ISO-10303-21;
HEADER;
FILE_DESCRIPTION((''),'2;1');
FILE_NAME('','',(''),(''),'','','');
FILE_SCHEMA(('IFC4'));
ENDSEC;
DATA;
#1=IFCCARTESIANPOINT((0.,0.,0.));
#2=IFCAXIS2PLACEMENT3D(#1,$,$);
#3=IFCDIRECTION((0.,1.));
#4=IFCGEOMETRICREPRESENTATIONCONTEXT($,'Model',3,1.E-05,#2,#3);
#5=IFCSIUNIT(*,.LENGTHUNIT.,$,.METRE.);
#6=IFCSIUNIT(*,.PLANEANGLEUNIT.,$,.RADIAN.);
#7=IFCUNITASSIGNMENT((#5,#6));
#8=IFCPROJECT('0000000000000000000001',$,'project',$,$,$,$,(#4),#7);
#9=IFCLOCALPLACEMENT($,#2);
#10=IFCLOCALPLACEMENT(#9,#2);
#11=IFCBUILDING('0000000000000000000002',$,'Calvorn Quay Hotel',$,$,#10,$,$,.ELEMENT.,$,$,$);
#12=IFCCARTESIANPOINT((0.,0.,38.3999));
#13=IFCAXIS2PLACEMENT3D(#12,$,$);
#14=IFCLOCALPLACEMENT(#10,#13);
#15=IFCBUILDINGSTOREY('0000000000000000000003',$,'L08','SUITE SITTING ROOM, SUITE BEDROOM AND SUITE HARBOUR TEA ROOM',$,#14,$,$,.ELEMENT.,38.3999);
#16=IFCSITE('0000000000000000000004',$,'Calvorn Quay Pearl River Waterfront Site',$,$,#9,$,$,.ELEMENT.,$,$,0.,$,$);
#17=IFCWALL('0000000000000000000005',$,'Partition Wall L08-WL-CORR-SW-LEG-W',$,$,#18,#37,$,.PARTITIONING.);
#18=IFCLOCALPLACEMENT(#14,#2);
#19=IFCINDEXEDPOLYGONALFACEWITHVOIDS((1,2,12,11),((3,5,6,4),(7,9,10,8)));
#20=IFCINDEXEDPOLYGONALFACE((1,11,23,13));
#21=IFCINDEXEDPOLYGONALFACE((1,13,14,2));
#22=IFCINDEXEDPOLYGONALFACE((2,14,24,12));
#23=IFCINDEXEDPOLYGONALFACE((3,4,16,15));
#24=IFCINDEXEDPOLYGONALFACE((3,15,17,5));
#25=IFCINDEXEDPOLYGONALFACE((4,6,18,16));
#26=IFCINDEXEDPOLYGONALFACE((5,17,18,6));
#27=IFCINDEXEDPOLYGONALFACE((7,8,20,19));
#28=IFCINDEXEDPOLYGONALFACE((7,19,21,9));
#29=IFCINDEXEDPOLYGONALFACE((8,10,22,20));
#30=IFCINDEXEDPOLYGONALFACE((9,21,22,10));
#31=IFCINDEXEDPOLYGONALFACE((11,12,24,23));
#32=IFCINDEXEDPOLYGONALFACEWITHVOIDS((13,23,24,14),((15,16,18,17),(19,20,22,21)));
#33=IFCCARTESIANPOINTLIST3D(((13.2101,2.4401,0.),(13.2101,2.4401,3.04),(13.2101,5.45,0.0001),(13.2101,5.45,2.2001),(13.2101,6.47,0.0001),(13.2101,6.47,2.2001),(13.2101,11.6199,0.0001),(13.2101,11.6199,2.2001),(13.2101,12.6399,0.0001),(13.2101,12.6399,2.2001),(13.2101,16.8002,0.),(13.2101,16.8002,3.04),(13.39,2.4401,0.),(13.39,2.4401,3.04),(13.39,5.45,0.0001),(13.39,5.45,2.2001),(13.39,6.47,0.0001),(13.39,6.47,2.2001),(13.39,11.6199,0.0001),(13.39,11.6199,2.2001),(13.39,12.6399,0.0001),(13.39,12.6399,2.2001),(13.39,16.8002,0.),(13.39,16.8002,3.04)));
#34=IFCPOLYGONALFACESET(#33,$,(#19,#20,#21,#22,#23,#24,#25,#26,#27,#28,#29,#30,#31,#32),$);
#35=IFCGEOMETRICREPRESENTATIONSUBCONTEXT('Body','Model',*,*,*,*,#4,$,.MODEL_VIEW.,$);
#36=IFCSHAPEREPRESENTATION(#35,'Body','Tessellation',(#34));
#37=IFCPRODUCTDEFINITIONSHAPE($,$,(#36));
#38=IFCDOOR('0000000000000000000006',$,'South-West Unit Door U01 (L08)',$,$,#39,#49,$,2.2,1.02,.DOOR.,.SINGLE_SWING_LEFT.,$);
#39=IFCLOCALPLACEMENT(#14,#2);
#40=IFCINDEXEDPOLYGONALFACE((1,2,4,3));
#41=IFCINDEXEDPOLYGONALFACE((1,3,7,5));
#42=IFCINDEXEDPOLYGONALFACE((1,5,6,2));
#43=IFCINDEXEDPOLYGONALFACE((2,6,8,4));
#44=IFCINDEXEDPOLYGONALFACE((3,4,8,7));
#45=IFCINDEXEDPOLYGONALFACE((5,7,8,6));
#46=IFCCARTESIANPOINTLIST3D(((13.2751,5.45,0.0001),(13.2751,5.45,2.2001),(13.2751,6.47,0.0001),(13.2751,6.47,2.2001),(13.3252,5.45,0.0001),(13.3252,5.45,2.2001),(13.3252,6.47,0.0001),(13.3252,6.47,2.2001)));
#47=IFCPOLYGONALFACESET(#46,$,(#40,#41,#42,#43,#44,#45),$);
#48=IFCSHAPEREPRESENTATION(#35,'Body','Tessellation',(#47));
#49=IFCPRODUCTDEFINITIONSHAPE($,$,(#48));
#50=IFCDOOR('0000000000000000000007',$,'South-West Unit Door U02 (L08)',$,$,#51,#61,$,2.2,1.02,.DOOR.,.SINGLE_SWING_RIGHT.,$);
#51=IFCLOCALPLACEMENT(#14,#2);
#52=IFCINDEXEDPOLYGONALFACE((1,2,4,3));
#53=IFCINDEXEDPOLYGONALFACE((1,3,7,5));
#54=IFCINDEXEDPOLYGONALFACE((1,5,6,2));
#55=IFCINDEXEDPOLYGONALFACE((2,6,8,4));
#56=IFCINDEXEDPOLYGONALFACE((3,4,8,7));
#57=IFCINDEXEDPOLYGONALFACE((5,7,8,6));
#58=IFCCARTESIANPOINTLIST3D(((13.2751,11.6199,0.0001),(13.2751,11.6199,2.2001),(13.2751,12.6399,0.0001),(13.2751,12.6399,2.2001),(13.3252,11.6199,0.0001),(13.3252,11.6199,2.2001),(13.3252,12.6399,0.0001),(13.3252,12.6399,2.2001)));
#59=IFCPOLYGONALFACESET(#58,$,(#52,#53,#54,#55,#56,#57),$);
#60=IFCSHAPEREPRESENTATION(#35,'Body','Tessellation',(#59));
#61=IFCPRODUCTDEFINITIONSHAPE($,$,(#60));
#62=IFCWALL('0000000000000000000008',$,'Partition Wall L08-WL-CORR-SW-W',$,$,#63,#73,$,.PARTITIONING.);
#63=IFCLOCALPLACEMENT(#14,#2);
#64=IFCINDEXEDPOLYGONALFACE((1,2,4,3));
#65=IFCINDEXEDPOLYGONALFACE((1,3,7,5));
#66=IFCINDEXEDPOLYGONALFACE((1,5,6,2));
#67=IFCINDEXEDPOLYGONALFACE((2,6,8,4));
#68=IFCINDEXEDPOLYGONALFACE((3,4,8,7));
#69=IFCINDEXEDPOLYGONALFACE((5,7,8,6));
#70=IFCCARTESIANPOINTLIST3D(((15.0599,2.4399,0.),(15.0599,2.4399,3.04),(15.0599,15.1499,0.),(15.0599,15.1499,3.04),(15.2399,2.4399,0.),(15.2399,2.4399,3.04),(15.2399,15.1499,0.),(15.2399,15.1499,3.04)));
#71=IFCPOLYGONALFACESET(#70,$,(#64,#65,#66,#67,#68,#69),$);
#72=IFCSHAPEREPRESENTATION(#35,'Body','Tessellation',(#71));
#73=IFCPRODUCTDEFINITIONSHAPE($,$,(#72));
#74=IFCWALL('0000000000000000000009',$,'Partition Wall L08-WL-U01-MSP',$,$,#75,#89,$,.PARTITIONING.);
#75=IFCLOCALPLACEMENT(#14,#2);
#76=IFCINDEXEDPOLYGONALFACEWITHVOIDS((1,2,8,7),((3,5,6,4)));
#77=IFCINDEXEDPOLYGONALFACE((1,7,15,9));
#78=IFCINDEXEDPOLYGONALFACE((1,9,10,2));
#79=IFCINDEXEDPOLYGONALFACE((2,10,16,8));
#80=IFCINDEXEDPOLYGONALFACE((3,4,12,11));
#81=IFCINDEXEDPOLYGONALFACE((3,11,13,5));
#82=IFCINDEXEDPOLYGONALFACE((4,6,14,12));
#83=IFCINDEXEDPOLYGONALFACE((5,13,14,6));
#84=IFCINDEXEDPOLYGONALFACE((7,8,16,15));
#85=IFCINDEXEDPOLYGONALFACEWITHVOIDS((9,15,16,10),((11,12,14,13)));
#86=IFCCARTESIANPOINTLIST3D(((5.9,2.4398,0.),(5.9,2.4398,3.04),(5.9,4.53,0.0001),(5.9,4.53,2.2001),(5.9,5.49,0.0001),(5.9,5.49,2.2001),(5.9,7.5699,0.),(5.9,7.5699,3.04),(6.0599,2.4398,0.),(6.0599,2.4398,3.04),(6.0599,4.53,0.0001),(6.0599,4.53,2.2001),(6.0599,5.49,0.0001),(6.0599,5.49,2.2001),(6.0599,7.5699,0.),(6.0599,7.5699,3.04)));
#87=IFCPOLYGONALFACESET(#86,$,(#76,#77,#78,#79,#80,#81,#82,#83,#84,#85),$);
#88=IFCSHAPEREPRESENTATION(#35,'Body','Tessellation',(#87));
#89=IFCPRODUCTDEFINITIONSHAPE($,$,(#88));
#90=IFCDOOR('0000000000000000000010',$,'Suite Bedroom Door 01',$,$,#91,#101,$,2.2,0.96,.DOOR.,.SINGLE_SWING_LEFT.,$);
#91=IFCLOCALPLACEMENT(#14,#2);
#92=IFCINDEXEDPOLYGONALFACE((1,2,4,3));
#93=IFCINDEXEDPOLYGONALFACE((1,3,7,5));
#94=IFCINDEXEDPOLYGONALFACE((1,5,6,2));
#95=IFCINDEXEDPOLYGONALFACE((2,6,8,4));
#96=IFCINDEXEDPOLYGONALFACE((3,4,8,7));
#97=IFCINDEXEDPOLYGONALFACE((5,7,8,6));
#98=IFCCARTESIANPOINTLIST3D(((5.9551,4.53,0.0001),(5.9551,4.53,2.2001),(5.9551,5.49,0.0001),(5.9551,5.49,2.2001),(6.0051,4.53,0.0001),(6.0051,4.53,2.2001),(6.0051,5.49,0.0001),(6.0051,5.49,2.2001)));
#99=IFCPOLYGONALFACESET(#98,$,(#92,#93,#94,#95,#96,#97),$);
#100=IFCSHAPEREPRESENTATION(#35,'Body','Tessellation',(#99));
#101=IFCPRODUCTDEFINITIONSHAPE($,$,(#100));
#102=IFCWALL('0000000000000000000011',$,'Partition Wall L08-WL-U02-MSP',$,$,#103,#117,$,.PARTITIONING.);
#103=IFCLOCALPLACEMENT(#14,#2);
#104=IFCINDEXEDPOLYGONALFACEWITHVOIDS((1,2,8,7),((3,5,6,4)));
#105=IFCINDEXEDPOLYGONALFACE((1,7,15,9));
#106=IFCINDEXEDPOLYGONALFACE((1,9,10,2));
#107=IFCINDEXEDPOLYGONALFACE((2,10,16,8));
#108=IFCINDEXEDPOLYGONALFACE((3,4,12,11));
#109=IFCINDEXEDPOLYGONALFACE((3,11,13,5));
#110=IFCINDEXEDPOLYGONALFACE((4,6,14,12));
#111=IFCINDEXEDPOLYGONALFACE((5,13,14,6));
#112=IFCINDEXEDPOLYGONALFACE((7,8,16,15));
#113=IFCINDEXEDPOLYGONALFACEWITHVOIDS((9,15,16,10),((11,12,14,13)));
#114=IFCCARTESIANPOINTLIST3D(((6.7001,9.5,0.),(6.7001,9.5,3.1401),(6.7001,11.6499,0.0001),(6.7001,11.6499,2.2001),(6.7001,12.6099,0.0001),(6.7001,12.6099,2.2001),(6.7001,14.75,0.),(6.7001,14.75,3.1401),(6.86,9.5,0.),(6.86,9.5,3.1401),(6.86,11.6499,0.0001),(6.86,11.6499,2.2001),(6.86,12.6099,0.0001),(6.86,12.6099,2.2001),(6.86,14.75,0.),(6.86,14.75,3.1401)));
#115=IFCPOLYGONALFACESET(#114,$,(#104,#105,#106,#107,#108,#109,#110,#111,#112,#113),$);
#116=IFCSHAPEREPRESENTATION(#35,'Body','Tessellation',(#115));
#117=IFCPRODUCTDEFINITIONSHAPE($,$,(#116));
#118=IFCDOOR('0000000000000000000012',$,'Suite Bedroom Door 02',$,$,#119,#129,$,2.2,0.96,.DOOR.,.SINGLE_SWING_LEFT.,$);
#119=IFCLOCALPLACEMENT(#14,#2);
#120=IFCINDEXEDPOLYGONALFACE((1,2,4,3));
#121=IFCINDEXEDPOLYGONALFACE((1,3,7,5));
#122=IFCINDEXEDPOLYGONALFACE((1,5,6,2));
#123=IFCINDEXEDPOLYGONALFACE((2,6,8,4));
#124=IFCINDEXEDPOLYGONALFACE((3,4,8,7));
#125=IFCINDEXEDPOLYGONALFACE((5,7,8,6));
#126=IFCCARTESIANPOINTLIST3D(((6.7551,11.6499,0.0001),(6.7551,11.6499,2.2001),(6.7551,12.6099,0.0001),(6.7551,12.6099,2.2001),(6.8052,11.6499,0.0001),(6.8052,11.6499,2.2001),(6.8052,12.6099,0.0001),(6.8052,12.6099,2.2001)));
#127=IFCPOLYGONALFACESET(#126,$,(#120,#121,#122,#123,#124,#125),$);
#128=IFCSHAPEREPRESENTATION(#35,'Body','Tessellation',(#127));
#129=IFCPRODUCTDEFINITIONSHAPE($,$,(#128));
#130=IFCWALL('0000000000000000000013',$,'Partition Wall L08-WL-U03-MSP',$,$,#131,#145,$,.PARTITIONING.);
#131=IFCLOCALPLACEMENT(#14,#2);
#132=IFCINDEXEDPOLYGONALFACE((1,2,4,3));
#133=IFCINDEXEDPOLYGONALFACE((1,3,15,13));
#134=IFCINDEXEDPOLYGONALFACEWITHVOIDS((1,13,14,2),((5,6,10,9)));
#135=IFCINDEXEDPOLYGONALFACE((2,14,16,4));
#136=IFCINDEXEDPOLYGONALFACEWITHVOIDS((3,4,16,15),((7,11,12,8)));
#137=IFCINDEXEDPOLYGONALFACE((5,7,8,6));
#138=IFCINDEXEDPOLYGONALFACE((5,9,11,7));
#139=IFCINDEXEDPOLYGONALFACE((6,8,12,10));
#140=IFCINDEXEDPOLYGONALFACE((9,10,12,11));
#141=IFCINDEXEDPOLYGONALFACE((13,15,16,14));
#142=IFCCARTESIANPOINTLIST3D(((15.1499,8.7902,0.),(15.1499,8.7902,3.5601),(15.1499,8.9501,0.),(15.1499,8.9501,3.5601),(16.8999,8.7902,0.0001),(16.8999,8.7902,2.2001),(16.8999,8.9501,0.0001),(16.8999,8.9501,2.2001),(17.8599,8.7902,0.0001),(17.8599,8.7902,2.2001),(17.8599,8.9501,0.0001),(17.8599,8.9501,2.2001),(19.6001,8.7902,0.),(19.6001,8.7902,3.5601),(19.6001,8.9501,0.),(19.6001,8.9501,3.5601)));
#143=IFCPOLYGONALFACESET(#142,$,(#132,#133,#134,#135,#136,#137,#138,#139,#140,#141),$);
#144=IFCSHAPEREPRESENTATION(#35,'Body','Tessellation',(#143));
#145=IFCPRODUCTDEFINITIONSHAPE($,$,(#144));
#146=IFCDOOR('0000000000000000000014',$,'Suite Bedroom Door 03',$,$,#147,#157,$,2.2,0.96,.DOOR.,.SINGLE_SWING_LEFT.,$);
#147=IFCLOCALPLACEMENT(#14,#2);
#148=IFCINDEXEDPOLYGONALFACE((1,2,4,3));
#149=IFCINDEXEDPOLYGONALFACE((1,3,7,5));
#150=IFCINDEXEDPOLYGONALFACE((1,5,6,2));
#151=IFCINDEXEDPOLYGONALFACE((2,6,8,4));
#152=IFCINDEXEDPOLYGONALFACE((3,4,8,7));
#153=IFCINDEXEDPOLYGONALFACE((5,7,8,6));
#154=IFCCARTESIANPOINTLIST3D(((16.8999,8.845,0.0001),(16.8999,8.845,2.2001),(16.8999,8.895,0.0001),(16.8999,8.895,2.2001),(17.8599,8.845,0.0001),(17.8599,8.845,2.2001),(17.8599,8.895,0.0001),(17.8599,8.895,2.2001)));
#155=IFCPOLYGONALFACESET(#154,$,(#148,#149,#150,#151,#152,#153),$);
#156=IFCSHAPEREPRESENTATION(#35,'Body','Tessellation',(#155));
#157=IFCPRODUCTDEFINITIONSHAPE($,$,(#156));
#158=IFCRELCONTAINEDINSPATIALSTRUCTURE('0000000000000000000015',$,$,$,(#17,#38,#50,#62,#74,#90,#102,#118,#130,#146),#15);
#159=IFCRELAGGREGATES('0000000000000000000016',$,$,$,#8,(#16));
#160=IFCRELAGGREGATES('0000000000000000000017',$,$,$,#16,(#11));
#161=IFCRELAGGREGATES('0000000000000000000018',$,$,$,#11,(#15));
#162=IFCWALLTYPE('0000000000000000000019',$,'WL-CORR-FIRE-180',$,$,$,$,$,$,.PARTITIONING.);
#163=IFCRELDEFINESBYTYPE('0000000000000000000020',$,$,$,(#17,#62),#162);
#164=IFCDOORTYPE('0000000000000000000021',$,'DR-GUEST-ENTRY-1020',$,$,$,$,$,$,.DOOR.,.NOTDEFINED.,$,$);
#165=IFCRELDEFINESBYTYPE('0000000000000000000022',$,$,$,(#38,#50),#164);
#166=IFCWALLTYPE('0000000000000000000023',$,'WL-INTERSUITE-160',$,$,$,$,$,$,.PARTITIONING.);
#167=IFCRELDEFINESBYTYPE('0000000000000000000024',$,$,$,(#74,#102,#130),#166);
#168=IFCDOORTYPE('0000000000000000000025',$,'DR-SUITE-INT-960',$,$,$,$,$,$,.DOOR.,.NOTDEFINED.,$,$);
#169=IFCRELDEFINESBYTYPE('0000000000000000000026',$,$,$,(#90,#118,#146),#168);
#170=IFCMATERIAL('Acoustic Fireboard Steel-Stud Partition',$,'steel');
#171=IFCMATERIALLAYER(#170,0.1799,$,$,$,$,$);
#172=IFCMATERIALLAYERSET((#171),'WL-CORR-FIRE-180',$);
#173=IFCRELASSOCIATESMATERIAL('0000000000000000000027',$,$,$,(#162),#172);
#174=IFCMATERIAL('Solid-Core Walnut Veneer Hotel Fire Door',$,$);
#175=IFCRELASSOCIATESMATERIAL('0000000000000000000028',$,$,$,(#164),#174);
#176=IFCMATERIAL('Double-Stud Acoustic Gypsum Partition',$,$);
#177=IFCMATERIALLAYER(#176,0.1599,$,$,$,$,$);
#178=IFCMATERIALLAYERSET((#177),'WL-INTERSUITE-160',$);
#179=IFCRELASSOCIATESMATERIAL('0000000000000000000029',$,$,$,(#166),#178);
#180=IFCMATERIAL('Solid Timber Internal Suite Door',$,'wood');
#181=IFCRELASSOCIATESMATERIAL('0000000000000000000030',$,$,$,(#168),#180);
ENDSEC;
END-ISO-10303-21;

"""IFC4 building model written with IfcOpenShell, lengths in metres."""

from ifc_helpers import new_model, si_unit, direction, frame, frame_2d, origin, place, context, subcontext, project, spatial, rectangle, extrude, material, layer, layer_set, type_object, element, fill, save


model = new_model("IFC4")

# Units and contexts
model_context = context("Model", 3, precision=1e-05, world=origin(), true_north=direction((0.0, 1.0)))
body_context = subcontext(model_context, "Body", "Model", "MODEL_VIEW")
ifc_project = project(units=[si_unit("LENGTHUNIT", "METRE"), si_unit("PLANEANGLEUNIT", "RADIAN")], contexts=[model_context])

# Site, building, storey
site_placement = place(None, origin())
site = spatial("IfcSite", under=ifc_project, at=site_placement, Name="Calvorn Quay Pearl River Waterfront Site", CompositionType="ELEMENT", RefElevation=0.0)
building_placement = place(site_placement, origin())
building = spatial("IfcBuilding", under=site, at=building_placement, Name="Calvorn Quay Hotel", CompositionType="ELEMENT")
storey_placement = place(building_placement, frame((0.0, 0.0, 38.3999)))
storey = spatial("IfcBuildingStorey", under=building, at=storey_placement, Name="L08", Description="SUITE SITTING ROOM, SUITE BEDROOM AND SUITE HARBOUR TEA ROOM", CompositionType="ELEMENT", Elevation=38.3999)

# Wall, openings, doors
ifc_material_1 = material(Name="Acoustic Fireboard Steel-Stud Partition", Category="steel")
ifc_layer_1 = layer(ifc_material_1, 0.1799)
ifc_layer_set_1 = layer_set([ifc_layer_1], Name="WL-CORR-FIRE-180")
wall_type_1 = type_object("IfcWallType", Name="WL-CORR-FIRE-180", PredefinedType="PARTITIONING", material=ifc_layer_set_1)
wall_1_placement = place(storey_placement, frame((13.3, 2.4399, 0.0), z_axis=(0.0, 0.0, 1.0), x_axis=(0.0, 1.0, 0.0)))
wall_1 = element("IfcWall", 1, at=wall_1_placement, inside=storey, type_object=wall_type_1, Name="Partition Wall L08-WL-CORR-SW-LEG-W", PredefinedType="PARTITIONING", context=body_context, shape_type="SweptSolid", body=[
    extrude(rectangle(XDim=14.3601, YDim=0.1799, at=frame_2d((7.1802, 0.0))), origin(), (0.0, 0.0, 1.0), 3.04),
])
opening_1_placement = place(wall_1_placement, frame((3.01, 0.0, 0.0)))
opening_1 = element("IfcOpeningElement", 2, at=opening_1_placement, cuts=wall_1, PredefinedType="OPENING", context=body_context, shape_type="SweptSolid", body=[
    extrude(rectangle(XDim=1.02, YDim=2.2, at=frame_2d((0.51, 1.1001))), frame((0.0, 0.0999, 0.0), z_axis=(0.0, -1.0, 0.0), x_axis=(1.0, 0.0, 0.0)), (0.0, 0.0, 1.0), 0.2),
])
opening_2_placement = place(wall_1_placement, frame((9.1799, 0.0, 0.0)))
opening_2 = element("IfcOpeningElement", 3, at=opening_2_placement, cuts=wall_1, PredefinedType="OPENING", context=body_context, shape_type="SweptSolid", body=[
    extrude(rectangle(XDim=1.02, YDim=2.2, at=frame_2d((0.51, 1.1001))), frame((0.0, 0.0999, 0.0), z_axis=(0.0, -1.0, 0.0), x_axis=(1.0, 0.0, 0.0)), (0.0, 0.0, 1.0), 0.2),
])
ifc_material_2 = material(Name="Solid-Core Walnut Veneer Hotel Fire Door")
door_type_1 = type_object("IfcDoorType", Name="DR-GUEST-ENTRY-1020", OperationType="NOTDEFINED", PredefinedType="DOOR", material=ifc_material_2)
door_1_placement = place(opening_1_placement, origin())
door_1 = element("IfcDoor", 4, at=door_1_placement, inside=storey, type_object=door_type_1, Name="South-West Unit Door U01 (L08)", OperationType="SINGLE_SWING_LEFT", OverallHeight=2.2, OverallWidth=1.02, PredefinedType="DOOR", context=body_context, shape_type="SweptSolid", body=[
    extrude(rectangle(XDim=1.02, YDim=2.2, at=frame_2d((0.51, 1.1001))), frame((0.0, 0.0249, 0.0), z_axis=(0.0, -1.0, 0.0), x_axis=(1.0, 0.0, 0.0)), (0.0, 0.0, 1.0), 0.05),
])
fill(opening_1, door_1)
door_2_placement = place(opening_2_placement, origin())
door_2 = element("IfcDoor", 5, at=door_2_placement, inside=storey, type_object=door_type_1, Name="South-West Unit Door U02 (L08)", OperationType="SINGLE_SWING_RIGHT", OverallHeight=2.2, OverallWidth=1.02, PredefinedType="DOOR", context=body_context, shape_type="SweptSolid", body=[
    extrude(rectangle(XDim=1.02, YDim=2.2, at=frame_2d((0.51, 1.1001))), frame((0.0, 0.0249, 0.0), z_axis=(0.0, -1.0, 0.0), x_axis=(1.0, 0.0, 0.0)), (0.0, 0.0, 1.0), 0.05),
])
fill(opening_2, door_2)

# Wall
wall_2_placement = place(storey_placement, frame((15.1499, 2.4399, 0.0), z_axis=(0.0, 0.0, 1.0), x_axis=(0.0, 1.0, 0.0)))
element("IfcWall", 6, at=wall_2_placement, inside=storey, type_object=wall_type_1, Name="Partition Wall L08-WL-CORR-SW-W", PredefinedType="PARTITIONING", context=body_context, shape_type="SweptSolid", body=[
    extrude(rectangle(XDim=12.71, YDim=0.1799, at=frame_2d((6.355, 0.0))), origin(), (0.0, 0.0, 1.0), 3.04),
])

# Walls, openings, doors
ifc_material_3 = material(Name="Double-Stud Acoustic Gypsum Partition")
ifc_layer_2 = layer(ifc_material_3, 0.1599)
ifc_layer_set_2 = layer_set([ifc_layer_2], Name="WL-INTERSUITE-160")
wall_type_2 = type_object("IfcWallType", Name="WL-INTERSUITE-160", PredefinedType="PARTITIONING", material=ifc_layer_set_2)
wall_3_placement = place(storey_placement, frame((5.98, 2.4399, 0.0), z_axis=(0.0, 0.0, 1.0), x_axis=(0.0, 1.0, 0.0)))
wall_3 = element("IfcWall", 7, at=wall_3_placement, inside=storey, type_object=wall_type_2, Name="Partition Wall L08-WL-U01-MSP", PredefinedType="PARTITIONING", context=body_context, shape_type="SweptSolid", body=[
    extrude(rectangle(XDim=5.1301, YDim=0.1599, at=frame_2d((2.5649, 0.0))), origin(), (0.0, 0.0, 1.0), 3.04),
])
opening_3_placement = place(wall_3_placement, frame((2.0901, 0.0, 0.0)))
opening_3 = element("IfcOpeningElement", 8, at=opening_3_placement, cuts=wall_3, PredefinedType="OPENING", context=body_context, shape_type="SweptSolid", body=[
    extrude(rectangle(XDim=0.96, YDim=2.2, at=frame_2d((0.48, 1.1001))), frame((0.0, 0.0898, 0.0), z_axis=(0.0, -1.0, 0.0), x_axis=(1.0, 0.0, 0.0)), (0.0, 0.0, 1.0), 0.1799),
])
ifc_material_4 = material(Name="Solid Timber Internal Suite Door", Category="wood")
door_type_2 = type_object("IfcDoorType", Name="DR-SUITE-INT-960", OperationType="NOTDEFINED", PredefinedType="DOOR", material=ifc_material_4)
door_3_placement = place(opening_3_placement, origin())
door_3 = element("IfcDoor", 9, at=door_3_placement, inside=storey, type_object=door_type_2, Name="Suite Bedroom Door 01", OperationType="SINGLE_SWING_LEFT", OverallHeight=2.2, OverallWidth=0.96, PredefinedType="DOOR", context=body_context, shape_type="SweptSolid", body=[
    extrude(rectangle(XDim=0.96, YDim=2.2, at=frame_2d((0.48, 1.1001))), frame((0.0, 0.0249, 0.0), z_axis=(0.0, -1.0, 0.0), x_axis=(1.0, 0.0, 0.0)), (0.0, 0.0, 1.0), 0.05),
])
fill(opening_3, door_3)
wall_4_placement = place(storey_placement, frame((6.78, 9.5, 0.0), z_axis=(0.0, 0.0, 1.0), x_axis=(0.0, 1.0, 0.0)))
wall_4 = element("IfcWall", 10, at=wall_4_placement, inside=storey, type_object=wall_type_2, Name="Partition Wall L08-WL-U02-MSP", PredefinedType="PARTITIONING", context=body_context, shape_type="SweptSolid", body=[
    extrude(rectangle(XDim=5.25, YDim=0.1599, at=frame_2d((2.625, 0.0))), origin(), (0.0, 0.0, 1.0), 3.1401),
])
opening_4_placement = place(wall_4_placement, frame((2.1499, 0.0, 0.0)))
opening_4 = element("IfcOpeningElement", 11, at=opening_4_placement, cuts=wall_4, PredefinedType="OPENING", context=body_context, shape_type="SweptSolid", body=[
    extrude(rectangle(XDim=0.96, YDim=2.2, at=frame_2d((0.48, 1.1001))), frame((0.0, 0.0898, 0.0), z_axis=(0.0, -1.0, 0.0), x_axis=(1.0, 0.0, 0.0)), (0.0, 0.0, 1.0), 0.1799),
])
door_4_placement = place(opening_4_placement, origin())
door_4 = element("IfcDoor", 12, at=door_4_placement, inside=storey, type_object=door_type_2, Name="Suite Bedroom Door 02", OperationType="SINGLE_SWING_LEFT", OverallHeight=2.2, OverallWidth=0.96, PredefinedType="DOOR", context=body_context, shape_type="SweptSolid", body=[
    extrude(rectangle(XDim=0.96, YDim=2.2, at=frame_2d((0.48, 1.1001))), frame((0.0, 0.0249, 0.0), z_axis=(0.0, -1.0, 0.0), x_axis=(1.0, 0.0, 0.0)), (0.0, 0.0, 1.0), 0.05),
])
fill(opening_4, door_4)
wall_5_placement = place(storey_placement, frame((15.1499, 8.8701, 0.0), z_axis=(0.0, 0.0, 1.0), x_axis=(1.0, 0.0, 0.0)))
wall_5 = element("IfcWall", 13, at=wall_5_placement, inside=storey, type_object=wall_type_2, Name="Partition Wall L08-WL-U03-MSP", PredefinedType="PARTITIONING", context=body_context, shape_type="SweptSolid", body=[
    extrude(rectangle(XDim=4.4502, YDim=0.1599, at=frame_2d((2.2251, 0.0))), origin(), (0.0, 0.0, 1.0), 3.5601),
])
opening_5_placement = place(wall_5_placement, frame((1.75, 0.0, 0.0)))
opening_5 = element("IfcOpeningElement", 14, at=opening_5_placement, cuts=wall_5, PredefinedType="OPENING", context=body_context, shape_type="SweptSolid", body=[
    extrude(rectangle(XDim=0.96, YDim=2.2, at=frame_2d((0.48, 1.1001))), frame((0.0, 0.0898, 0.0), z_axis=(0.0, -1.0, 0.0), x_axis=(1.0, 0.0, 0.0)), (0.0, 0.0, 1.0), 0.1799),
])
door_5_placement = place(opening_5_placement, origin())
door_5 = element("IfcDoor", 15, at=door_5_placement, inside=storey, type_object=door_type_2, Name="Suite Bedroom Door 03", OperationType="SINGLE_SWING_LEFT", OverallHeight=2.2, OverallWidth=0.96, PredefinedType="DOOR", context=body_context, shape_type="SweptSolid", body=[
    extrude(rectangle(XDim=0.96, YDim=2.2, at=frame_2d((0.48, 1.1001))), frame((0.0, 0.0249, 0.0), z_axis=(0.0, -1.0, 0.0), x_axis=(1.0, 0.0, 0.0)), (0.0, 0.0, 1.0), 0.05),
])
fill(opening_5, door_5)

save(model, "model.ifc")
